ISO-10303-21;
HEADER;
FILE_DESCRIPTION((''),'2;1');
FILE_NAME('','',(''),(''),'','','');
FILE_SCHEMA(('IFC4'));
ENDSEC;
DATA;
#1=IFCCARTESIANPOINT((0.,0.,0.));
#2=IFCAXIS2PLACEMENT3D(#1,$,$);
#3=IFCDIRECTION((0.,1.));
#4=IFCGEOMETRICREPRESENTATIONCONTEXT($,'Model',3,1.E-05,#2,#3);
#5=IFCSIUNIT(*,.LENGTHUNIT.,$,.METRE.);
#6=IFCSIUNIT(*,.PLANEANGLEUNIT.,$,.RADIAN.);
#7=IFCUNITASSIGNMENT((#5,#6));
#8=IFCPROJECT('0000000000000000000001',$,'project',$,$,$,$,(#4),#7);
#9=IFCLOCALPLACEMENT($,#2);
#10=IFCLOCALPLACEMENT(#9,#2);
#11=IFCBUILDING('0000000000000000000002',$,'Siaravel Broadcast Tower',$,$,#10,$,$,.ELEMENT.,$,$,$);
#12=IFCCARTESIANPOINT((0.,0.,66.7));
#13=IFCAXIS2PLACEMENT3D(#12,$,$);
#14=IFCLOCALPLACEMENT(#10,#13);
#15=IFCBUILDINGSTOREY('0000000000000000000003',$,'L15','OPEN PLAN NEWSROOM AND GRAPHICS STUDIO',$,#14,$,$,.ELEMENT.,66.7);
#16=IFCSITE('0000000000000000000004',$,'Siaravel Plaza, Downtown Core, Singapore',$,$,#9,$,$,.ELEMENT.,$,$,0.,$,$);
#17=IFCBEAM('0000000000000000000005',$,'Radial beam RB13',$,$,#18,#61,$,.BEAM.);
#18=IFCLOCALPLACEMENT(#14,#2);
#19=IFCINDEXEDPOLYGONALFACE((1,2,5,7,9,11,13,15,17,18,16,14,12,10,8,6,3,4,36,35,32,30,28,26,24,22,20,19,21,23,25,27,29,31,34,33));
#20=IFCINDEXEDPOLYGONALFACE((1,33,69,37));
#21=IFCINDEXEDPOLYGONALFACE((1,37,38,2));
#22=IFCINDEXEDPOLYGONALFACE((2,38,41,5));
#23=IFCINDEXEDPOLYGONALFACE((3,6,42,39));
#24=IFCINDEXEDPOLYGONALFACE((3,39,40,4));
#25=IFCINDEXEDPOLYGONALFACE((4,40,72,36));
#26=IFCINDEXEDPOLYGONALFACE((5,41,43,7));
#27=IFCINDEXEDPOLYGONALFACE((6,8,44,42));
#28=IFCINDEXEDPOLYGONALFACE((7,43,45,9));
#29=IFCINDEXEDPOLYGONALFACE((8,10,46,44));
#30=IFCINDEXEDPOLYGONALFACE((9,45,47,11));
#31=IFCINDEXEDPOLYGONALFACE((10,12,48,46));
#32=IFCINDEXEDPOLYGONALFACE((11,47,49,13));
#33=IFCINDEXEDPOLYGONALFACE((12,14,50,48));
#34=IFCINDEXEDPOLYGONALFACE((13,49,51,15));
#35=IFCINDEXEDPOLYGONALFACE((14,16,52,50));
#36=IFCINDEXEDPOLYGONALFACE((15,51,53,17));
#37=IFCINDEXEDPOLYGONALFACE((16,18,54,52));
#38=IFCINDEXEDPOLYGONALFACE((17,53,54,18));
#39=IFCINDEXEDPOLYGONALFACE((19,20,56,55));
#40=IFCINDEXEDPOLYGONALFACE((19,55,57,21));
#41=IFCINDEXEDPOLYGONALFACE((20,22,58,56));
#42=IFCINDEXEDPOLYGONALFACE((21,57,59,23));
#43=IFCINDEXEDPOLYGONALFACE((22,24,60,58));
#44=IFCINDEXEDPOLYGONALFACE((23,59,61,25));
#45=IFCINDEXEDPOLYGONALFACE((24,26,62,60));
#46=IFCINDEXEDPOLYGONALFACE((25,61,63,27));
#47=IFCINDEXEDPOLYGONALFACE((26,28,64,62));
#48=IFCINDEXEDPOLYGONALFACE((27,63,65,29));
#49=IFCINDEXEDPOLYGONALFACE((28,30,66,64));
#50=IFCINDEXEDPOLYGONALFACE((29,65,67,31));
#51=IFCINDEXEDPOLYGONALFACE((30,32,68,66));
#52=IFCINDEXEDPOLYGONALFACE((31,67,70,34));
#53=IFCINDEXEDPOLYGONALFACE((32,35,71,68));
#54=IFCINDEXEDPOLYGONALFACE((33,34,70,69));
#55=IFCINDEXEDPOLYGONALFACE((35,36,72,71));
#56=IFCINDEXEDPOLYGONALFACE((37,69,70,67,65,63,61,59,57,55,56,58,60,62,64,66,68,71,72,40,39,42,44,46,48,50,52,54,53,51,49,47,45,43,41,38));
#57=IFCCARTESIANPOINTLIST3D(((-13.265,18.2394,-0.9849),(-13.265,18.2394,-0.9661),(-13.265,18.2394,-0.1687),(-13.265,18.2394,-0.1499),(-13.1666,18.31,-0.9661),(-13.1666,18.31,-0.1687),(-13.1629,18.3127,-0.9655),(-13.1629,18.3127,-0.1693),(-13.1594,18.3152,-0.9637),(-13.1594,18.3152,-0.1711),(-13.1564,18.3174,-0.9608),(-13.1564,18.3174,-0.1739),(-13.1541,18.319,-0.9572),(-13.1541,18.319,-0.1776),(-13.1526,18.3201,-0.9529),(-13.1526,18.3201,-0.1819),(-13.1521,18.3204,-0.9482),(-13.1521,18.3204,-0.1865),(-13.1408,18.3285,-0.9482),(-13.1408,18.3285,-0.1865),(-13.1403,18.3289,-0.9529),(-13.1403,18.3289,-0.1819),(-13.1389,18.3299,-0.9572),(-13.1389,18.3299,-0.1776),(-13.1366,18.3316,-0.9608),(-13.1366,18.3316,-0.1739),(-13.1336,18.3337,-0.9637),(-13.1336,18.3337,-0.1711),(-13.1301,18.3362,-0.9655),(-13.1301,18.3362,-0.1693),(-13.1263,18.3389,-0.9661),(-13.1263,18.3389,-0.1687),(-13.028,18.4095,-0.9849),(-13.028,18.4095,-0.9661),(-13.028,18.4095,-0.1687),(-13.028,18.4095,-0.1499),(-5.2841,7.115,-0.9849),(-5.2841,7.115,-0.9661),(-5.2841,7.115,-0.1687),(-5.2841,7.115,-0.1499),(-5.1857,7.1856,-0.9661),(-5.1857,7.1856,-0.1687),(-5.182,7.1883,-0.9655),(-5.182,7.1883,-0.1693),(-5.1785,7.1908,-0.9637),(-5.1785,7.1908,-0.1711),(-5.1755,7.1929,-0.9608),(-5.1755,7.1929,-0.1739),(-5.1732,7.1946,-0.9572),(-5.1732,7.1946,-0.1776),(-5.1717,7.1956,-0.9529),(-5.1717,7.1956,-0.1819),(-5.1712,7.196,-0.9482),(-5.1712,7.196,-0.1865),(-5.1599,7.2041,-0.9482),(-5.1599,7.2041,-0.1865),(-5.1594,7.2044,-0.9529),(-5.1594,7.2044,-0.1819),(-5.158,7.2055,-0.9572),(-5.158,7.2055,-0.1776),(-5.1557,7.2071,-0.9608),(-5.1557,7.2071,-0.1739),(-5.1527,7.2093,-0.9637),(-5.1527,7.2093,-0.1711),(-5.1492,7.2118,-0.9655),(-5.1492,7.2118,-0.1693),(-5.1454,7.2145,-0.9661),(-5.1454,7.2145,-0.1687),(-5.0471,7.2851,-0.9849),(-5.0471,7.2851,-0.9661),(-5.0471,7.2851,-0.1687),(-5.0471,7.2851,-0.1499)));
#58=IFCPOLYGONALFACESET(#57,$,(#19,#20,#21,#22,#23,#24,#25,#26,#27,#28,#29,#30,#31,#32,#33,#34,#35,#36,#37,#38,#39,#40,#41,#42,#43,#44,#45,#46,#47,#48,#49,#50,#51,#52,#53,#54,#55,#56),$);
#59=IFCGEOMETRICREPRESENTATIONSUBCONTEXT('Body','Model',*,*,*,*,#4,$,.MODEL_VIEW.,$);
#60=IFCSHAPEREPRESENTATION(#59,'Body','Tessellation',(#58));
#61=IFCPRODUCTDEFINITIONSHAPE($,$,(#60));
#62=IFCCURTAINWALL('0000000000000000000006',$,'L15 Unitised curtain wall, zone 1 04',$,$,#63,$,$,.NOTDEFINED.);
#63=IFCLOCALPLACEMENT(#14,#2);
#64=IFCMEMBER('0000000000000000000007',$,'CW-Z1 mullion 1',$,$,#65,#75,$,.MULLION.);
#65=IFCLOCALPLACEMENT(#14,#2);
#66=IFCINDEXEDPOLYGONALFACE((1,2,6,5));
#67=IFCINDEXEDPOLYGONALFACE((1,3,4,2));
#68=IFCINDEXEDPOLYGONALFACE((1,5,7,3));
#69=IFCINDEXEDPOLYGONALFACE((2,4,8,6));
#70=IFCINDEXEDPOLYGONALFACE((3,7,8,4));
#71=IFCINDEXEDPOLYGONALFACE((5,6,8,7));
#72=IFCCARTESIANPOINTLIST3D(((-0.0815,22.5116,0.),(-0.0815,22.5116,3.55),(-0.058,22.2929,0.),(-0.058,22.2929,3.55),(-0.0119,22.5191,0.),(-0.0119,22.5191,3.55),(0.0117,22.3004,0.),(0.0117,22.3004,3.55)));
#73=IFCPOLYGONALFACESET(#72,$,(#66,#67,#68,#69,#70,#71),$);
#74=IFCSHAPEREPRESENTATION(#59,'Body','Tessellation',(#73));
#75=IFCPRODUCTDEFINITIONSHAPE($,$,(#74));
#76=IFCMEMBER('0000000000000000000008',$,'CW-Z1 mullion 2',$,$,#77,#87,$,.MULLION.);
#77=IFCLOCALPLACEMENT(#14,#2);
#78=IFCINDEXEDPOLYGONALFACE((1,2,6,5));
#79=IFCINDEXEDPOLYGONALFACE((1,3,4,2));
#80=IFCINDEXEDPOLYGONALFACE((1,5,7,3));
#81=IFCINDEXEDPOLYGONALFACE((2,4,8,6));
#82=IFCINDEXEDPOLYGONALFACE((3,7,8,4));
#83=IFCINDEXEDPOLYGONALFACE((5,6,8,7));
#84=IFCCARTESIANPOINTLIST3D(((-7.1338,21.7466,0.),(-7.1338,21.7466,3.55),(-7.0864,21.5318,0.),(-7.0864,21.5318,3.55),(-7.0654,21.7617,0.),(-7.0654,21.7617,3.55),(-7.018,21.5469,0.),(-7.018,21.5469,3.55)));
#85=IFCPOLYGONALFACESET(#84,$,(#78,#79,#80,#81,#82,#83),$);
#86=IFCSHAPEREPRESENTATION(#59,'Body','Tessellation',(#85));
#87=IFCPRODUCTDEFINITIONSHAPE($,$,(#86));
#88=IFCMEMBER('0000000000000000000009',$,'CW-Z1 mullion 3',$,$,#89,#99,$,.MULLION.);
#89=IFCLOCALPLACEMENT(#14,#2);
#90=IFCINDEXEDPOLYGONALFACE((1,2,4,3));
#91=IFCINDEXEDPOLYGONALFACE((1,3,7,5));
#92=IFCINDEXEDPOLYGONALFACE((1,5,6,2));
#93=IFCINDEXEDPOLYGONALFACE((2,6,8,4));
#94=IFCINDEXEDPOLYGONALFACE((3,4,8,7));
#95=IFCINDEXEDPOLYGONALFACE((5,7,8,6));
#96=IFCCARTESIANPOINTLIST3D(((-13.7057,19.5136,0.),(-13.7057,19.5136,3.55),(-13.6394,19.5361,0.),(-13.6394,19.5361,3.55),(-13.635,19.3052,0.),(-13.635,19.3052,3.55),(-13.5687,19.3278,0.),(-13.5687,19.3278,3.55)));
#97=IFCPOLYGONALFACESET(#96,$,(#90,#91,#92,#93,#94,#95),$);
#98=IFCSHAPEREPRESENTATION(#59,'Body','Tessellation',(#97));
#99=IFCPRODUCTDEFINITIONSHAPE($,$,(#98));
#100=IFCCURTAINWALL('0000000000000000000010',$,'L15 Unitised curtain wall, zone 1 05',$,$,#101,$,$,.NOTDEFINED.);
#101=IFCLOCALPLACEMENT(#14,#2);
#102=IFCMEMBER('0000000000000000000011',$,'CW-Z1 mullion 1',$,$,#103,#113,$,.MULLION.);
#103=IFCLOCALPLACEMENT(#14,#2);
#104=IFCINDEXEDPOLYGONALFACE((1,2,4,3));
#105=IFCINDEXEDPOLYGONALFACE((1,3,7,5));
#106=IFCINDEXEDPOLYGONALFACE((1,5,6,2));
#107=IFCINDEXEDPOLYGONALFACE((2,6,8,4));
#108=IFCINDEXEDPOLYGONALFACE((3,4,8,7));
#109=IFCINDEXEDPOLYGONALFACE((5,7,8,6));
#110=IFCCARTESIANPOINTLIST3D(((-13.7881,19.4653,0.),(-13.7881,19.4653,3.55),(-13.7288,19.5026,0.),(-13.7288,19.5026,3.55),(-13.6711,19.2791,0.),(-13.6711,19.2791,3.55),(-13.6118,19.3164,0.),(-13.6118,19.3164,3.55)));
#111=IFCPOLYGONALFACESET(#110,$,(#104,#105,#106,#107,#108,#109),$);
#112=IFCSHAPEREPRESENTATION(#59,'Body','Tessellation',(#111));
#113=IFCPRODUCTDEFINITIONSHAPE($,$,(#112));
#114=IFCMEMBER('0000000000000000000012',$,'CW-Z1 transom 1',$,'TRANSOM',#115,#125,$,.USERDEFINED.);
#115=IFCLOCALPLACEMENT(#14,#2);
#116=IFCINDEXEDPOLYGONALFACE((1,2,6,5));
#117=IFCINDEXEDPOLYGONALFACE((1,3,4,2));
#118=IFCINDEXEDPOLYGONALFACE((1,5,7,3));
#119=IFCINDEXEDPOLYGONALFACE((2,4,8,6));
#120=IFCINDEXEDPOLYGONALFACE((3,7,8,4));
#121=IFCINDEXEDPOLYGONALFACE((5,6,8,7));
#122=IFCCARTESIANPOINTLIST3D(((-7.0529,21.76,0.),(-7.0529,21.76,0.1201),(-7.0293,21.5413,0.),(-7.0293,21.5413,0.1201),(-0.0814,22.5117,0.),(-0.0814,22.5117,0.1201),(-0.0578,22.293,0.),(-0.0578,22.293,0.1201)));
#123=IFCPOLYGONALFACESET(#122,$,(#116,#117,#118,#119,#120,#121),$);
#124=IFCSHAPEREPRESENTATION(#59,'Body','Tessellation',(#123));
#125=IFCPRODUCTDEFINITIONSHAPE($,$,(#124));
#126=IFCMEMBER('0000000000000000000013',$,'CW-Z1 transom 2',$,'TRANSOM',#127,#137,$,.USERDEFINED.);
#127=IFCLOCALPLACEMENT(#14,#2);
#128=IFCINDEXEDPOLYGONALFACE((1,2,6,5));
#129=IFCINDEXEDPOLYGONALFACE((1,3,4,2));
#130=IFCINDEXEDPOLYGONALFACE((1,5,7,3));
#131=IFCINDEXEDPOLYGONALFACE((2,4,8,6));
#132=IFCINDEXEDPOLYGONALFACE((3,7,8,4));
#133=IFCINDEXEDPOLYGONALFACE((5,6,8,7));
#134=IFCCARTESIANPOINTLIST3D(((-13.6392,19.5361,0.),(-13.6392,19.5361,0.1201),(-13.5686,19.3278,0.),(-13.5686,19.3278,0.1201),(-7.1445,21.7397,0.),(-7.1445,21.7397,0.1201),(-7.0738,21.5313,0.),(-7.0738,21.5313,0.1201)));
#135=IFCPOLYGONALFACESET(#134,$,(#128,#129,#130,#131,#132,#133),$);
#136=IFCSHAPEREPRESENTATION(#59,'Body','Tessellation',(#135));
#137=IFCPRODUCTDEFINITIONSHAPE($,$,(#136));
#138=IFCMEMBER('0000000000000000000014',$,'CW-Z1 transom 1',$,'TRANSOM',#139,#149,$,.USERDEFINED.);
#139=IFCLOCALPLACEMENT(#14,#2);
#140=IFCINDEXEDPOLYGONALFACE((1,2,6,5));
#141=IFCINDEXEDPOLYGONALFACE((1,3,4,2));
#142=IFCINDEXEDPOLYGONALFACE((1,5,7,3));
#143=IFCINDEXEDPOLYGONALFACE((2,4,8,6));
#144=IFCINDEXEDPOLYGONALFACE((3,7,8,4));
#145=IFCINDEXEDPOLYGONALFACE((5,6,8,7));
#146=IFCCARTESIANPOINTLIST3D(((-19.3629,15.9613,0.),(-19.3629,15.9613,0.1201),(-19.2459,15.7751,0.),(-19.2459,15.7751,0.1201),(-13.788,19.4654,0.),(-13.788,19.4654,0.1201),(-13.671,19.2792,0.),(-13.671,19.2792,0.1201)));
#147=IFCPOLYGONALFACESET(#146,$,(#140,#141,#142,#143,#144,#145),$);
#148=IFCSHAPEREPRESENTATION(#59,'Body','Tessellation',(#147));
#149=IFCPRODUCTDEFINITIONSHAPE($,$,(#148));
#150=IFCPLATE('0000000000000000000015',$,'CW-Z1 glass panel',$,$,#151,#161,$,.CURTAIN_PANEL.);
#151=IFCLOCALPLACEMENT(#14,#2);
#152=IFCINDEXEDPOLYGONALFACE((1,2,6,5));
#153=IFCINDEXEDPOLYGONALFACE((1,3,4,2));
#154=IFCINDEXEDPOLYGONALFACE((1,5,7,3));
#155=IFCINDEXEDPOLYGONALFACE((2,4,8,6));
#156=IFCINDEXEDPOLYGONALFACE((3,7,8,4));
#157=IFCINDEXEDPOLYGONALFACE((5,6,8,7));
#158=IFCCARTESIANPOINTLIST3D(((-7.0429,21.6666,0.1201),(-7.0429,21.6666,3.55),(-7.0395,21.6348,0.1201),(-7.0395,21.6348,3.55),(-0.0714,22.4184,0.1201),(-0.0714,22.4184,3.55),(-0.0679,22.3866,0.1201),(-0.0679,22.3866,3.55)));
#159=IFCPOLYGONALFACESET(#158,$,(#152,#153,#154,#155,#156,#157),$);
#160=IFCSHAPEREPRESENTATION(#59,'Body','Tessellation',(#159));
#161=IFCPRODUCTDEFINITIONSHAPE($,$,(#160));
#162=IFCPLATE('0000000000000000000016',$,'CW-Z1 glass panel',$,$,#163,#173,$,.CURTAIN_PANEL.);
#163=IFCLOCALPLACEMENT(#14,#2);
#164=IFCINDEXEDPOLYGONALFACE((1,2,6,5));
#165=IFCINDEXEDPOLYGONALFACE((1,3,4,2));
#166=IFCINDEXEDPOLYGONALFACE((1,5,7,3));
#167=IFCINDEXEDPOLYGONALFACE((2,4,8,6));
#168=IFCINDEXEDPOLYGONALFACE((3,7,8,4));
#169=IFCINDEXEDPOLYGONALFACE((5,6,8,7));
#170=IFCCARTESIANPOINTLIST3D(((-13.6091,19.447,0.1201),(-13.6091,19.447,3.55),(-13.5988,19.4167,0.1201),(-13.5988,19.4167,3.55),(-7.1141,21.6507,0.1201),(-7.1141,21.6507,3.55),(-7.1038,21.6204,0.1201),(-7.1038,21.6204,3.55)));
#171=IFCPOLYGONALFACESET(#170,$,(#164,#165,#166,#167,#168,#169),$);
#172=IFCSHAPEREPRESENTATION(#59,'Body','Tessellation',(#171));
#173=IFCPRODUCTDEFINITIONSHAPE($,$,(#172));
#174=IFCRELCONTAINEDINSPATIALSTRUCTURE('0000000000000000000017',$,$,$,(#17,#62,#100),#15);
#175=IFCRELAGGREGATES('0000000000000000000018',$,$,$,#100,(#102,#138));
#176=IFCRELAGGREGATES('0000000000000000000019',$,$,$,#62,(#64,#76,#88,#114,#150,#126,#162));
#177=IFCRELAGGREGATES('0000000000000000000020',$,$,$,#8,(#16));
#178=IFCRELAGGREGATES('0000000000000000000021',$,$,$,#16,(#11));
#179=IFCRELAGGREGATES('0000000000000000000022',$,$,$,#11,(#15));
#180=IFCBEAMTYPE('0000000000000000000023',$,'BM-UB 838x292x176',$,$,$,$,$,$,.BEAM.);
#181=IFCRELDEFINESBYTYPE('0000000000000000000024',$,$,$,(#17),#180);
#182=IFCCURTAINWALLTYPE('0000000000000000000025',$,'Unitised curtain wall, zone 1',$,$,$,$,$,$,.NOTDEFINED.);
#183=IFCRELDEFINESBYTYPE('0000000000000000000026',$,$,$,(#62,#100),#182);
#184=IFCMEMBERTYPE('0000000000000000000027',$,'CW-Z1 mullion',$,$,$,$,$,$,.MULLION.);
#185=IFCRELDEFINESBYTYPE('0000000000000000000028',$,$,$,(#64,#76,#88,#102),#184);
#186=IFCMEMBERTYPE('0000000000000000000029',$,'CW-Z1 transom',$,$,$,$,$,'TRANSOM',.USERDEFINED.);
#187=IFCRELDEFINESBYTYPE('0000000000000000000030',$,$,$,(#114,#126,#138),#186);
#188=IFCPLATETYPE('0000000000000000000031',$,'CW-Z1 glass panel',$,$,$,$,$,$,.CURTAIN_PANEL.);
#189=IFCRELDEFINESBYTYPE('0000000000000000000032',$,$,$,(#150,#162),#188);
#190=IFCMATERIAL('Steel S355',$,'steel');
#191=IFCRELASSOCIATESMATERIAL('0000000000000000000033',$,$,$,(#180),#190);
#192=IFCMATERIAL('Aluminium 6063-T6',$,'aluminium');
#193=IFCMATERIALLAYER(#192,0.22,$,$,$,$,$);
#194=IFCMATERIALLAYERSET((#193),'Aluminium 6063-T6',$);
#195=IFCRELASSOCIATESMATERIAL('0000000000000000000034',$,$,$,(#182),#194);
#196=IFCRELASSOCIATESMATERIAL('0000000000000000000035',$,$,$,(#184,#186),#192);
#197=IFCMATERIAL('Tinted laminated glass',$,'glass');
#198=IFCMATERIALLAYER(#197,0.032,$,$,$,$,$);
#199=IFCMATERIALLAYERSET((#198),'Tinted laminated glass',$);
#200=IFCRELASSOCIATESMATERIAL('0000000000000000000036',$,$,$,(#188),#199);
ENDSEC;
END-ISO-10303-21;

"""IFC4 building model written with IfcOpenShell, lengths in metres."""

from ifc_helpers import new_model, si_unit, direction, frame, origin, origin_2d, place, context, subcontext, project, spatial, rectangle, i_section, extrude, material, layer, layer_set, material_profile, profile_set, type_object, element, aggregate, save


model = new_model("IFC4")

# Units and contexts
model_context = context("Model", 3, precision=1e-05, world=origin(), true_north=direction((0.0, 1.0)))
body_context = subcontext(model_context, "Body", "Model", "MODEL_VIEW")
ifc_project = project(units=[si_unit("LENGTHUNIT", "METRE"), si_unit("PLANEANGLEUNIT", "RADIAN")], contexts=[model_context])

# Site, building, storey
site_placement = place(None, origin())
site = spatial("IfcSite", under=ifc_project, at=site_placement, Name="Siaravel Plaza, Downtown Core, Singapore", CompositionType="ELEMENT", RefElevation=0.0)
building_placement = place(site_placement, origin())
building = spatial("IfcBuilding", under=site, at=building_placement, Name="Siaravel Broadcast Tower", CompositionType="ELEMENT")
storey_placement = place(building_placement, frame((0.0, 0.0, 66.7)))
storey = spatial("IfcBuildingStorey", under=building, at=storey_placement, Name="L15", Description="OPEN PLAN NEWSROOM AND GRAPHICS STUDIO", CompositionType="ELEMENT", Elevation=66.7)

# Beam
ifc_material_1 = material(Name="Steel S355", Category="steel")
ifc_material_profile_1 = material_profile(ifc_material_1, i_section(OverallWidth=0.2917, OverallDepth=0.835, WebThickness=0.0139, FlangeThickness=0.0188, FilletRadius=0.0178, at=origin_2d()))
ifc_profile_set_1 = profile_set([ifc_material_profile_1], Name="Steel S355")
beam_type = type_object("IfcBeamType", Name="BM-UB 838x292x176", PredefinedType="BEAM", material=ifc_profile_set_1)
beam_1_placement = place(storey_placement, frame((-13.1465, 18.3245, -0.5674), z_axis=(0.582924, -0.812527, 0.0), x_axis=(0.812527, 0.582924, 0.0)))
element("IfcBeam", 1, at=beam_1_placement, inside=storey, type_object=beam_type, Name="Radial beam RB13", PredefinedType="BEAM", context=body_context, shape_type="SweptSolid", body=[
    extrude(i_section(OverallWidth=0.2917, OverallDepth=0.835, WebThickness=0.0139, FlangeThickness=0.0188, FilletRadius=0.0178, at=origin_2d()), origin(), (0.0, 0.0, 1.0), 13.6912),
])

# Curtain wall, members
ifc_material_2 = material(Name="Aluminium 6063-T6", Category="aluminium")
ifc_layer_1 = layer(ifc_material_2, 0.22)
ifc_layer_set_1 = layer_set([ifc_layer_1], Name="Aluminium 6063-T6")
curtain_wall_type = type_object("IfcCurtainWallType", Name="Unitised curtain wall, zone 1", PredefinedType="NOTDEFINED", material=ifc_layer_set_1)
curtain_wall_1_placement = place(storey_placement, origin())
curtain_wall_1 = element("IfcCurtainWall", 2, at=curtain_wall_1_placement, inside=storey, type_object=curtain_wall_type, Name="L15 Unitised curtain wall, zone 1 04", PredefinedType="NOTDEFINED")
ifc_material_profile_2 = material_profile(ifc_material_2, rectangle(XDim=0.22, YDim=0.0701, at=origin_2d()))
ifc_profile_set_2 = profile_set([ifc_material_profile_2], Name="Aluminium 6063-T6")
member_type_1 = type_object("IfcMemberType", Name="CW-Z1 mullion", PredefinedType="MULLION", material=ifc_profile_set_2)
member_1_placement = place(storey_placement, frame((-0.0349, 22.406, 0.0), z_axis=(0.0, 0.0, 1.0), x_axis=(0.107217, -0.994236, 0.0)))
member_1 = element("IfcMember", 3, at=member_1_placement, type_object=member_type_1, Name="CW-Z1 mullion 1", PredefinedType="MULLION", context=body_context, shape_type="SweptSolid", body=[
    extrude(rectangle(XDim=0.22, YDim=0.0701, at=origin_2d()), origin(), (0.0, 0.0, 1.0), 3.55),
])
member_2_placement = place(storey_placement, frame((-7.0759, 21.6467, 0.0), z_axis=(0.0, 0.0, 1.0), x_axis=(0.215557, -0.976491, 0.0)))
member_2 = element("IfcMember", 4, at=member_2_placement, type_object=member_type_1, Name="CW-Z1 mullion 2", PredefinedType="MULLION", context=body_context, shape_type="SweptSolid", body=[
    extrude(rectangle(XDim=0.22, YDim=0.0701, at=origin_2d()), origin(), (0.0, 0.0, 1.0), 3.55),
])
member_3_placement = place(storey_placement, frame((-13.6372, 19.4207, 0.0), z_axis=(0.0, 0.0, 1.0), x_axis=(0.3213, -0.946978, 0.0)))
member_3 = element("IfcMember", 5, at=member_3_placement, type_object=member_type_1, Name="CW-Z1 mullion 3", PredefinedType="MULLION", context=body_context, shape_type="SweptSolid", body=[
    extrude(rectangle(XDim=0.22, YDim=0.0701, at=origin_2d()), origin(), (0.0, 0.0, 1.0), 3.55),
])

# Curtain wall, member
curtain_wall_2_placement = place(storey_placement, origin())
curtain_wall_2 = element("IfcCurtainWall", 6, at=curtain_wall_2_placement, inside=storey, type_object=curtain_wall_type, Name="L15 Unitised curtain wall, zone 1 05", PredefinedType="NOTDEFINED")
member_4_placement = place(storey_placement, frame((-13.7, 19.3909, 0.0), z_axis=(0.0, 0.0, 1.0), x_axis=(0.532148, -0.846651, 0.0)))
member_4 = element("IfcMember", 7, at=member_4_placement, type_object=member_type_1, Name="CW-Z1 mullion 1", PredefinedType="MULLION", context=body_context, shape_type="SweptSolid", body=[
    extrude(rectangle(XDim=0.22, YDim=0.0701, at=origin_2d()), origin(), (0.0, 0.0, 1.0), 3.55),
])

# Members
ifc_material_profile_3 = material_profile(ifc_material_2, rectangle(XDim=0.22, YDim=0.1201, at=origin_2d()))
ifc_profile_set_3 = profile_set([ifc_material_profile_3], Name="Aluminium 6063-T6")
member_type_2 = type_object("IfcMemberType", Name="CW-Z1 transom", ElementType="TRANSOM", PredefinedType="USERDEFINED", material=ifc_profile_set_3)
member_5_placement = place(storey_placement, frame((-0.0696, 22.4023, 0.0601), z_axis=(-0.994237, -0.107206, 0.0), x_axis=(0.107206, -0.994237, 0.0)))
member_5 = element("IfcMember", 8, at=member_5_placement, type_object=member_type_2, Name="CW-Z1 transom 1", ObjectType="TRANSOM", PredefinedType="USERDEFINED", context=body_context, shape_type="SweptSolid", body=[
    extrude(rectangle(XDim=0.22, YDim=0.1201, at=origin_2d()), origin(), (0.0, 0.0, 1.0), 7.012),
])
member_6_placement = place(storey_placement, frame((-7.1091, 21.6355, 0.0601), z_axis=(-0.946979, -0.321296, 0.0), x_axis=(0.321296, -0.946979, 0.0)))
member_6 = element("IfcMember", 9, at=member_6_placement, type_object=member_type_2, Name="CW-Z1 transom 2", ObjectType="TRANSOM", PredefinedType="USERDEFINED", context=body_context, shape_type="SweptSolid", body=[
    extrude(rectangle(XDim=0.22, YDim=0.1201, at=origin_2d()), origin(), (0.0, 0.0, 1.0), 6.8584),
])
member_7_placement = place(storey_placement, frame((-13.7295, 19.3723, 0.0601), z_axis=(-0.846644, -0.53216, 0.0), x_axis=(0.53216, -0.846644, 0.0)))
member_7 = element("IfcMember", 10, at=member_7_placement, type_object=member_type_2, Name="CW-Z1 transom 1", ObjectType="TRANSOM", PredefinedType="USERDEFINED", context=body_context, shape_type="SweptSolid", body=[
    extrude(rectangle(XDim=0.22, YDim=0.1201, at=origin_2d()), origin(), (0.0, 0.0, 1.0), 6.5847),
])
aggregate(curtain_wall_2, [member_4, member_7])

# Plates
ifc_material_3 = material(Name="Tinted laminated glass", Category="glass")
ifc_layer_2 = layer(ifc_material_3, 0.032)
ifc_layer_set_2 = layer_set([ifc_layer_2], Name="Tinted laminated glass")
plate_type = type_object("IfcPlateType", Name="CW-Z1 glass panel", PredefinedType="CURTAIN_PANEL", material=ifc_layer_set_2)
plate_1_placement = place(storey_placement, frame((-3.5554, 22.0266, 0.1201), z_axis=(0.0, 0.0, 1.0), x_axis=(-0.994236, -0.107217, 0.0)))
plate_1 = element("IfcPlate", 11, at=plate_1_placement, type_object=plate_type, Name="CW-Z1 glass panel", PredefinedType="CURTAIN_PANEL", context=body_context, shape_type="SweptSolid", body=[
    extrude(rectangle(XDim=7.012, YDim=0.032, at=origin_2d()), origin(), (0.0, 0.0, 1.0), 3.4299),
])
plate_2_placement = place(storey_placement, frame((-10.3564, 20.5337, 0.1201), z_axis=(0.0, 0.0, 1.0), x_axis=(-0.946978, -0.3213, 0.0)))
plate_2 = element("IfcPlate", 12, at=plate_2_placement, type_object=plate_type, Name="CW-Z1 glass panel", PredefinedType="CURTAIN_PANEL", context=body_context, shape_type="SweptSolid", body=[
    extrude(rectangle(XDim=6.8586, YDim=0.032, at=origin_2d()), origin(), (0.0, 0.0, 1.0), 3.4299),
])
aggregate(curtain_wall_1, [member_1, member_2, member_3, member_5, plate_1, member_6, plate_2])

save(model, "model.ifc")
